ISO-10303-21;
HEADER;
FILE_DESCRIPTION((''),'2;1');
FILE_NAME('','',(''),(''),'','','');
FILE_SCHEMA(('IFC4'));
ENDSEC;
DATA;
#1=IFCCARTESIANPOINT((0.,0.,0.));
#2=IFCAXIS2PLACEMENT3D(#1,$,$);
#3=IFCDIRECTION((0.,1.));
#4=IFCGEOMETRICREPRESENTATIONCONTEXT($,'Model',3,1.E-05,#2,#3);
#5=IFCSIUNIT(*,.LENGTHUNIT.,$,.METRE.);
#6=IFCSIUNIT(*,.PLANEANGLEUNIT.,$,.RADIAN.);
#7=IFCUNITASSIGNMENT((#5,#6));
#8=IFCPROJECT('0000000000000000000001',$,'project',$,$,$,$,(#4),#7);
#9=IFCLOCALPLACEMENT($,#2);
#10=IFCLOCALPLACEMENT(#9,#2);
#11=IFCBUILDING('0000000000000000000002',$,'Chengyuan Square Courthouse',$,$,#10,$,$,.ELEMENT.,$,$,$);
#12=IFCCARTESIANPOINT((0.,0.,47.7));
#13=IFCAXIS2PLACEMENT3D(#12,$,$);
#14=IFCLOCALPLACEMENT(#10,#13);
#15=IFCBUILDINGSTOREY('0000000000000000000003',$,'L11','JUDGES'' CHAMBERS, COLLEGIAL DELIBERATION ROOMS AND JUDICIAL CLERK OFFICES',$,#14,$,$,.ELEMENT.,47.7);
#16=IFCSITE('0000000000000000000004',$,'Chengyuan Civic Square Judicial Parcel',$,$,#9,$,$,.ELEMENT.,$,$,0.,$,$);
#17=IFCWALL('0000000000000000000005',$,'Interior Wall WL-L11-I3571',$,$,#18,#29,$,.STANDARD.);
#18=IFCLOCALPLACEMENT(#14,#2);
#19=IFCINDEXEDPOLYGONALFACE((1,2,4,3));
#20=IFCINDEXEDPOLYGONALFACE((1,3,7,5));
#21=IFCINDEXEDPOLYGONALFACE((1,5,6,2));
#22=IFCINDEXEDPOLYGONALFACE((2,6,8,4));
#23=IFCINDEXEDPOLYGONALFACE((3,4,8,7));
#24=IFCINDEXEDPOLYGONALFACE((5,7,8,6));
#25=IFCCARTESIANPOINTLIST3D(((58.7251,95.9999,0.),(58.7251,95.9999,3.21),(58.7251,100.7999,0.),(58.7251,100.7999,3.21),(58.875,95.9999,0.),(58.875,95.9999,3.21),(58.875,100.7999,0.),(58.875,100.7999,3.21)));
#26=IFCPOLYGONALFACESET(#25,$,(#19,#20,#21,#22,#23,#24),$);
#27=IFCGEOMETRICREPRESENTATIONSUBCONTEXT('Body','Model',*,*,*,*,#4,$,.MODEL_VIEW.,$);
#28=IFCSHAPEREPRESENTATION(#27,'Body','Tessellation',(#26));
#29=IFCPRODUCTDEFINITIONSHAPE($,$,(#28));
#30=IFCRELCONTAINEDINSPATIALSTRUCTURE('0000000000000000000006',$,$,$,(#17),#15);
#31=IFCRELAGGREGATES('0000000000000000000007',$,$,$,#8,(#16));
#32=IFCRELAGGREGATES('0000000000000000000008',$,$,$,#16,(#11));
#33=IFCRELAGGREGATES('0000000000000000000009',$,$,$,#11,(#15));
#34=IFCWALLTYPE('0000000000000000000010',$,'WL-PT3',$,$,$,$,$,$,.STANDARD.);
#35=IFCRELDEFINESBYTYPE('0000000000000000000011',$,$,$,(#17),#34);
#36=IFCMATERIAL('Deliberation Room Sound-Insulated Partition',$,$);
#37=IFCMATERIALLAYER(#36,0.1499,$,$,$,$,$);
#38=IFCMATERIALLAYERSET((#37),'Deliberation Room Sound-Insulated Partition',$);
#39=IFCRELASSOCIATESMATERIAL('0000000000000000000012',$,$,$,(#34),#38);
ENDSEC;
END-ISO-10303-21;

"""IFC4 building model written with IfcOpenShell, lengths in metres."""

from ifc_helpers import new_model, si_unit, direction, frame, frame_2d, origin, place, context, subcontext, project, spatial, rectangle, extrude, material, layer, layer_set, type_object, element, save


model = new_model("IFC4")

# Units and contexts
model_context = context("Model", 3, precision=1e-05, world=origin(), true_north=direction((0.0, 1.0)))
body_context = subcontext(model_context, "Body", "Model", "MODEL_VIEW")
ifc_project = project(units=[si_unit("LENGTHUNIT", "METRE"), si_unit("PLANEANGLEUNIT", "RADIAN")], contexts=[model_context])

# Site, building, storey
site_placement = place(None, origin())
site = spatial("IfcSite", under=ifc_project, at=site_placement, Name="Chengyuan Civic Square Judicial Parcel", CompositionType="ELEMENT", RefElevation=0.0)
building_placement = place(site_placement, origin())
building = spatial("IfcBuilding", under=site, at=building_placement, Name="Chengyuan Square Courthouse", CompositionType="ELEMENT")
storey_placement = place(building_placement, frame((0.0, 0.0, 47.7)))
storey = spatial("IfcBuildingStorey", under=building, at=storey_placement, Name="L11", Description="JUDGES' CHAMBERS, COLLEGIAL DELIBERATION ROOMS AND JUDICIAL CLERK OFFICES", CompositionType="ELEMENT", Elevation=47.7)

# Shared definitions
ifc_material_1 = material(Name="Deliberation Room Sound-Insulated Partition")
ifc_layer_1 = layer(ifc_material_1, 0.1499)
ifc_layer_set_1 = layer_set([ifc_layer_1], Name="Deliberation Room Sound-Insulated Partition")
wall_type_1 = type_object("IfcWallType", Name="WL-PT3", PredefinedType="STANDARD", material=ifc_layer_set_1)

# Wall
wall_1_placement = place(storey_placement, frame((58.8, 96.0, 0.0), z_axis=(0.0, 0.0, 1.0), x_axis=(0.0, 1.0, 0.0)))
element("IfcWall", 1, at=wall_1_placement, inside=storey, type_object=wall_type_1, Name="Interior Wall WL-L11-I3571", PredefinedType="STANDARD", context=body_context, shape_type="SweptSolid", body=[
    extrude(rectangle(XDim=4.8, YDim=0.1499, at=frame_2d((2.3999, 0.0))), origin(), (0.0, 0.0, 1.0), 3.21),
])

save(model, "model.ifc")
